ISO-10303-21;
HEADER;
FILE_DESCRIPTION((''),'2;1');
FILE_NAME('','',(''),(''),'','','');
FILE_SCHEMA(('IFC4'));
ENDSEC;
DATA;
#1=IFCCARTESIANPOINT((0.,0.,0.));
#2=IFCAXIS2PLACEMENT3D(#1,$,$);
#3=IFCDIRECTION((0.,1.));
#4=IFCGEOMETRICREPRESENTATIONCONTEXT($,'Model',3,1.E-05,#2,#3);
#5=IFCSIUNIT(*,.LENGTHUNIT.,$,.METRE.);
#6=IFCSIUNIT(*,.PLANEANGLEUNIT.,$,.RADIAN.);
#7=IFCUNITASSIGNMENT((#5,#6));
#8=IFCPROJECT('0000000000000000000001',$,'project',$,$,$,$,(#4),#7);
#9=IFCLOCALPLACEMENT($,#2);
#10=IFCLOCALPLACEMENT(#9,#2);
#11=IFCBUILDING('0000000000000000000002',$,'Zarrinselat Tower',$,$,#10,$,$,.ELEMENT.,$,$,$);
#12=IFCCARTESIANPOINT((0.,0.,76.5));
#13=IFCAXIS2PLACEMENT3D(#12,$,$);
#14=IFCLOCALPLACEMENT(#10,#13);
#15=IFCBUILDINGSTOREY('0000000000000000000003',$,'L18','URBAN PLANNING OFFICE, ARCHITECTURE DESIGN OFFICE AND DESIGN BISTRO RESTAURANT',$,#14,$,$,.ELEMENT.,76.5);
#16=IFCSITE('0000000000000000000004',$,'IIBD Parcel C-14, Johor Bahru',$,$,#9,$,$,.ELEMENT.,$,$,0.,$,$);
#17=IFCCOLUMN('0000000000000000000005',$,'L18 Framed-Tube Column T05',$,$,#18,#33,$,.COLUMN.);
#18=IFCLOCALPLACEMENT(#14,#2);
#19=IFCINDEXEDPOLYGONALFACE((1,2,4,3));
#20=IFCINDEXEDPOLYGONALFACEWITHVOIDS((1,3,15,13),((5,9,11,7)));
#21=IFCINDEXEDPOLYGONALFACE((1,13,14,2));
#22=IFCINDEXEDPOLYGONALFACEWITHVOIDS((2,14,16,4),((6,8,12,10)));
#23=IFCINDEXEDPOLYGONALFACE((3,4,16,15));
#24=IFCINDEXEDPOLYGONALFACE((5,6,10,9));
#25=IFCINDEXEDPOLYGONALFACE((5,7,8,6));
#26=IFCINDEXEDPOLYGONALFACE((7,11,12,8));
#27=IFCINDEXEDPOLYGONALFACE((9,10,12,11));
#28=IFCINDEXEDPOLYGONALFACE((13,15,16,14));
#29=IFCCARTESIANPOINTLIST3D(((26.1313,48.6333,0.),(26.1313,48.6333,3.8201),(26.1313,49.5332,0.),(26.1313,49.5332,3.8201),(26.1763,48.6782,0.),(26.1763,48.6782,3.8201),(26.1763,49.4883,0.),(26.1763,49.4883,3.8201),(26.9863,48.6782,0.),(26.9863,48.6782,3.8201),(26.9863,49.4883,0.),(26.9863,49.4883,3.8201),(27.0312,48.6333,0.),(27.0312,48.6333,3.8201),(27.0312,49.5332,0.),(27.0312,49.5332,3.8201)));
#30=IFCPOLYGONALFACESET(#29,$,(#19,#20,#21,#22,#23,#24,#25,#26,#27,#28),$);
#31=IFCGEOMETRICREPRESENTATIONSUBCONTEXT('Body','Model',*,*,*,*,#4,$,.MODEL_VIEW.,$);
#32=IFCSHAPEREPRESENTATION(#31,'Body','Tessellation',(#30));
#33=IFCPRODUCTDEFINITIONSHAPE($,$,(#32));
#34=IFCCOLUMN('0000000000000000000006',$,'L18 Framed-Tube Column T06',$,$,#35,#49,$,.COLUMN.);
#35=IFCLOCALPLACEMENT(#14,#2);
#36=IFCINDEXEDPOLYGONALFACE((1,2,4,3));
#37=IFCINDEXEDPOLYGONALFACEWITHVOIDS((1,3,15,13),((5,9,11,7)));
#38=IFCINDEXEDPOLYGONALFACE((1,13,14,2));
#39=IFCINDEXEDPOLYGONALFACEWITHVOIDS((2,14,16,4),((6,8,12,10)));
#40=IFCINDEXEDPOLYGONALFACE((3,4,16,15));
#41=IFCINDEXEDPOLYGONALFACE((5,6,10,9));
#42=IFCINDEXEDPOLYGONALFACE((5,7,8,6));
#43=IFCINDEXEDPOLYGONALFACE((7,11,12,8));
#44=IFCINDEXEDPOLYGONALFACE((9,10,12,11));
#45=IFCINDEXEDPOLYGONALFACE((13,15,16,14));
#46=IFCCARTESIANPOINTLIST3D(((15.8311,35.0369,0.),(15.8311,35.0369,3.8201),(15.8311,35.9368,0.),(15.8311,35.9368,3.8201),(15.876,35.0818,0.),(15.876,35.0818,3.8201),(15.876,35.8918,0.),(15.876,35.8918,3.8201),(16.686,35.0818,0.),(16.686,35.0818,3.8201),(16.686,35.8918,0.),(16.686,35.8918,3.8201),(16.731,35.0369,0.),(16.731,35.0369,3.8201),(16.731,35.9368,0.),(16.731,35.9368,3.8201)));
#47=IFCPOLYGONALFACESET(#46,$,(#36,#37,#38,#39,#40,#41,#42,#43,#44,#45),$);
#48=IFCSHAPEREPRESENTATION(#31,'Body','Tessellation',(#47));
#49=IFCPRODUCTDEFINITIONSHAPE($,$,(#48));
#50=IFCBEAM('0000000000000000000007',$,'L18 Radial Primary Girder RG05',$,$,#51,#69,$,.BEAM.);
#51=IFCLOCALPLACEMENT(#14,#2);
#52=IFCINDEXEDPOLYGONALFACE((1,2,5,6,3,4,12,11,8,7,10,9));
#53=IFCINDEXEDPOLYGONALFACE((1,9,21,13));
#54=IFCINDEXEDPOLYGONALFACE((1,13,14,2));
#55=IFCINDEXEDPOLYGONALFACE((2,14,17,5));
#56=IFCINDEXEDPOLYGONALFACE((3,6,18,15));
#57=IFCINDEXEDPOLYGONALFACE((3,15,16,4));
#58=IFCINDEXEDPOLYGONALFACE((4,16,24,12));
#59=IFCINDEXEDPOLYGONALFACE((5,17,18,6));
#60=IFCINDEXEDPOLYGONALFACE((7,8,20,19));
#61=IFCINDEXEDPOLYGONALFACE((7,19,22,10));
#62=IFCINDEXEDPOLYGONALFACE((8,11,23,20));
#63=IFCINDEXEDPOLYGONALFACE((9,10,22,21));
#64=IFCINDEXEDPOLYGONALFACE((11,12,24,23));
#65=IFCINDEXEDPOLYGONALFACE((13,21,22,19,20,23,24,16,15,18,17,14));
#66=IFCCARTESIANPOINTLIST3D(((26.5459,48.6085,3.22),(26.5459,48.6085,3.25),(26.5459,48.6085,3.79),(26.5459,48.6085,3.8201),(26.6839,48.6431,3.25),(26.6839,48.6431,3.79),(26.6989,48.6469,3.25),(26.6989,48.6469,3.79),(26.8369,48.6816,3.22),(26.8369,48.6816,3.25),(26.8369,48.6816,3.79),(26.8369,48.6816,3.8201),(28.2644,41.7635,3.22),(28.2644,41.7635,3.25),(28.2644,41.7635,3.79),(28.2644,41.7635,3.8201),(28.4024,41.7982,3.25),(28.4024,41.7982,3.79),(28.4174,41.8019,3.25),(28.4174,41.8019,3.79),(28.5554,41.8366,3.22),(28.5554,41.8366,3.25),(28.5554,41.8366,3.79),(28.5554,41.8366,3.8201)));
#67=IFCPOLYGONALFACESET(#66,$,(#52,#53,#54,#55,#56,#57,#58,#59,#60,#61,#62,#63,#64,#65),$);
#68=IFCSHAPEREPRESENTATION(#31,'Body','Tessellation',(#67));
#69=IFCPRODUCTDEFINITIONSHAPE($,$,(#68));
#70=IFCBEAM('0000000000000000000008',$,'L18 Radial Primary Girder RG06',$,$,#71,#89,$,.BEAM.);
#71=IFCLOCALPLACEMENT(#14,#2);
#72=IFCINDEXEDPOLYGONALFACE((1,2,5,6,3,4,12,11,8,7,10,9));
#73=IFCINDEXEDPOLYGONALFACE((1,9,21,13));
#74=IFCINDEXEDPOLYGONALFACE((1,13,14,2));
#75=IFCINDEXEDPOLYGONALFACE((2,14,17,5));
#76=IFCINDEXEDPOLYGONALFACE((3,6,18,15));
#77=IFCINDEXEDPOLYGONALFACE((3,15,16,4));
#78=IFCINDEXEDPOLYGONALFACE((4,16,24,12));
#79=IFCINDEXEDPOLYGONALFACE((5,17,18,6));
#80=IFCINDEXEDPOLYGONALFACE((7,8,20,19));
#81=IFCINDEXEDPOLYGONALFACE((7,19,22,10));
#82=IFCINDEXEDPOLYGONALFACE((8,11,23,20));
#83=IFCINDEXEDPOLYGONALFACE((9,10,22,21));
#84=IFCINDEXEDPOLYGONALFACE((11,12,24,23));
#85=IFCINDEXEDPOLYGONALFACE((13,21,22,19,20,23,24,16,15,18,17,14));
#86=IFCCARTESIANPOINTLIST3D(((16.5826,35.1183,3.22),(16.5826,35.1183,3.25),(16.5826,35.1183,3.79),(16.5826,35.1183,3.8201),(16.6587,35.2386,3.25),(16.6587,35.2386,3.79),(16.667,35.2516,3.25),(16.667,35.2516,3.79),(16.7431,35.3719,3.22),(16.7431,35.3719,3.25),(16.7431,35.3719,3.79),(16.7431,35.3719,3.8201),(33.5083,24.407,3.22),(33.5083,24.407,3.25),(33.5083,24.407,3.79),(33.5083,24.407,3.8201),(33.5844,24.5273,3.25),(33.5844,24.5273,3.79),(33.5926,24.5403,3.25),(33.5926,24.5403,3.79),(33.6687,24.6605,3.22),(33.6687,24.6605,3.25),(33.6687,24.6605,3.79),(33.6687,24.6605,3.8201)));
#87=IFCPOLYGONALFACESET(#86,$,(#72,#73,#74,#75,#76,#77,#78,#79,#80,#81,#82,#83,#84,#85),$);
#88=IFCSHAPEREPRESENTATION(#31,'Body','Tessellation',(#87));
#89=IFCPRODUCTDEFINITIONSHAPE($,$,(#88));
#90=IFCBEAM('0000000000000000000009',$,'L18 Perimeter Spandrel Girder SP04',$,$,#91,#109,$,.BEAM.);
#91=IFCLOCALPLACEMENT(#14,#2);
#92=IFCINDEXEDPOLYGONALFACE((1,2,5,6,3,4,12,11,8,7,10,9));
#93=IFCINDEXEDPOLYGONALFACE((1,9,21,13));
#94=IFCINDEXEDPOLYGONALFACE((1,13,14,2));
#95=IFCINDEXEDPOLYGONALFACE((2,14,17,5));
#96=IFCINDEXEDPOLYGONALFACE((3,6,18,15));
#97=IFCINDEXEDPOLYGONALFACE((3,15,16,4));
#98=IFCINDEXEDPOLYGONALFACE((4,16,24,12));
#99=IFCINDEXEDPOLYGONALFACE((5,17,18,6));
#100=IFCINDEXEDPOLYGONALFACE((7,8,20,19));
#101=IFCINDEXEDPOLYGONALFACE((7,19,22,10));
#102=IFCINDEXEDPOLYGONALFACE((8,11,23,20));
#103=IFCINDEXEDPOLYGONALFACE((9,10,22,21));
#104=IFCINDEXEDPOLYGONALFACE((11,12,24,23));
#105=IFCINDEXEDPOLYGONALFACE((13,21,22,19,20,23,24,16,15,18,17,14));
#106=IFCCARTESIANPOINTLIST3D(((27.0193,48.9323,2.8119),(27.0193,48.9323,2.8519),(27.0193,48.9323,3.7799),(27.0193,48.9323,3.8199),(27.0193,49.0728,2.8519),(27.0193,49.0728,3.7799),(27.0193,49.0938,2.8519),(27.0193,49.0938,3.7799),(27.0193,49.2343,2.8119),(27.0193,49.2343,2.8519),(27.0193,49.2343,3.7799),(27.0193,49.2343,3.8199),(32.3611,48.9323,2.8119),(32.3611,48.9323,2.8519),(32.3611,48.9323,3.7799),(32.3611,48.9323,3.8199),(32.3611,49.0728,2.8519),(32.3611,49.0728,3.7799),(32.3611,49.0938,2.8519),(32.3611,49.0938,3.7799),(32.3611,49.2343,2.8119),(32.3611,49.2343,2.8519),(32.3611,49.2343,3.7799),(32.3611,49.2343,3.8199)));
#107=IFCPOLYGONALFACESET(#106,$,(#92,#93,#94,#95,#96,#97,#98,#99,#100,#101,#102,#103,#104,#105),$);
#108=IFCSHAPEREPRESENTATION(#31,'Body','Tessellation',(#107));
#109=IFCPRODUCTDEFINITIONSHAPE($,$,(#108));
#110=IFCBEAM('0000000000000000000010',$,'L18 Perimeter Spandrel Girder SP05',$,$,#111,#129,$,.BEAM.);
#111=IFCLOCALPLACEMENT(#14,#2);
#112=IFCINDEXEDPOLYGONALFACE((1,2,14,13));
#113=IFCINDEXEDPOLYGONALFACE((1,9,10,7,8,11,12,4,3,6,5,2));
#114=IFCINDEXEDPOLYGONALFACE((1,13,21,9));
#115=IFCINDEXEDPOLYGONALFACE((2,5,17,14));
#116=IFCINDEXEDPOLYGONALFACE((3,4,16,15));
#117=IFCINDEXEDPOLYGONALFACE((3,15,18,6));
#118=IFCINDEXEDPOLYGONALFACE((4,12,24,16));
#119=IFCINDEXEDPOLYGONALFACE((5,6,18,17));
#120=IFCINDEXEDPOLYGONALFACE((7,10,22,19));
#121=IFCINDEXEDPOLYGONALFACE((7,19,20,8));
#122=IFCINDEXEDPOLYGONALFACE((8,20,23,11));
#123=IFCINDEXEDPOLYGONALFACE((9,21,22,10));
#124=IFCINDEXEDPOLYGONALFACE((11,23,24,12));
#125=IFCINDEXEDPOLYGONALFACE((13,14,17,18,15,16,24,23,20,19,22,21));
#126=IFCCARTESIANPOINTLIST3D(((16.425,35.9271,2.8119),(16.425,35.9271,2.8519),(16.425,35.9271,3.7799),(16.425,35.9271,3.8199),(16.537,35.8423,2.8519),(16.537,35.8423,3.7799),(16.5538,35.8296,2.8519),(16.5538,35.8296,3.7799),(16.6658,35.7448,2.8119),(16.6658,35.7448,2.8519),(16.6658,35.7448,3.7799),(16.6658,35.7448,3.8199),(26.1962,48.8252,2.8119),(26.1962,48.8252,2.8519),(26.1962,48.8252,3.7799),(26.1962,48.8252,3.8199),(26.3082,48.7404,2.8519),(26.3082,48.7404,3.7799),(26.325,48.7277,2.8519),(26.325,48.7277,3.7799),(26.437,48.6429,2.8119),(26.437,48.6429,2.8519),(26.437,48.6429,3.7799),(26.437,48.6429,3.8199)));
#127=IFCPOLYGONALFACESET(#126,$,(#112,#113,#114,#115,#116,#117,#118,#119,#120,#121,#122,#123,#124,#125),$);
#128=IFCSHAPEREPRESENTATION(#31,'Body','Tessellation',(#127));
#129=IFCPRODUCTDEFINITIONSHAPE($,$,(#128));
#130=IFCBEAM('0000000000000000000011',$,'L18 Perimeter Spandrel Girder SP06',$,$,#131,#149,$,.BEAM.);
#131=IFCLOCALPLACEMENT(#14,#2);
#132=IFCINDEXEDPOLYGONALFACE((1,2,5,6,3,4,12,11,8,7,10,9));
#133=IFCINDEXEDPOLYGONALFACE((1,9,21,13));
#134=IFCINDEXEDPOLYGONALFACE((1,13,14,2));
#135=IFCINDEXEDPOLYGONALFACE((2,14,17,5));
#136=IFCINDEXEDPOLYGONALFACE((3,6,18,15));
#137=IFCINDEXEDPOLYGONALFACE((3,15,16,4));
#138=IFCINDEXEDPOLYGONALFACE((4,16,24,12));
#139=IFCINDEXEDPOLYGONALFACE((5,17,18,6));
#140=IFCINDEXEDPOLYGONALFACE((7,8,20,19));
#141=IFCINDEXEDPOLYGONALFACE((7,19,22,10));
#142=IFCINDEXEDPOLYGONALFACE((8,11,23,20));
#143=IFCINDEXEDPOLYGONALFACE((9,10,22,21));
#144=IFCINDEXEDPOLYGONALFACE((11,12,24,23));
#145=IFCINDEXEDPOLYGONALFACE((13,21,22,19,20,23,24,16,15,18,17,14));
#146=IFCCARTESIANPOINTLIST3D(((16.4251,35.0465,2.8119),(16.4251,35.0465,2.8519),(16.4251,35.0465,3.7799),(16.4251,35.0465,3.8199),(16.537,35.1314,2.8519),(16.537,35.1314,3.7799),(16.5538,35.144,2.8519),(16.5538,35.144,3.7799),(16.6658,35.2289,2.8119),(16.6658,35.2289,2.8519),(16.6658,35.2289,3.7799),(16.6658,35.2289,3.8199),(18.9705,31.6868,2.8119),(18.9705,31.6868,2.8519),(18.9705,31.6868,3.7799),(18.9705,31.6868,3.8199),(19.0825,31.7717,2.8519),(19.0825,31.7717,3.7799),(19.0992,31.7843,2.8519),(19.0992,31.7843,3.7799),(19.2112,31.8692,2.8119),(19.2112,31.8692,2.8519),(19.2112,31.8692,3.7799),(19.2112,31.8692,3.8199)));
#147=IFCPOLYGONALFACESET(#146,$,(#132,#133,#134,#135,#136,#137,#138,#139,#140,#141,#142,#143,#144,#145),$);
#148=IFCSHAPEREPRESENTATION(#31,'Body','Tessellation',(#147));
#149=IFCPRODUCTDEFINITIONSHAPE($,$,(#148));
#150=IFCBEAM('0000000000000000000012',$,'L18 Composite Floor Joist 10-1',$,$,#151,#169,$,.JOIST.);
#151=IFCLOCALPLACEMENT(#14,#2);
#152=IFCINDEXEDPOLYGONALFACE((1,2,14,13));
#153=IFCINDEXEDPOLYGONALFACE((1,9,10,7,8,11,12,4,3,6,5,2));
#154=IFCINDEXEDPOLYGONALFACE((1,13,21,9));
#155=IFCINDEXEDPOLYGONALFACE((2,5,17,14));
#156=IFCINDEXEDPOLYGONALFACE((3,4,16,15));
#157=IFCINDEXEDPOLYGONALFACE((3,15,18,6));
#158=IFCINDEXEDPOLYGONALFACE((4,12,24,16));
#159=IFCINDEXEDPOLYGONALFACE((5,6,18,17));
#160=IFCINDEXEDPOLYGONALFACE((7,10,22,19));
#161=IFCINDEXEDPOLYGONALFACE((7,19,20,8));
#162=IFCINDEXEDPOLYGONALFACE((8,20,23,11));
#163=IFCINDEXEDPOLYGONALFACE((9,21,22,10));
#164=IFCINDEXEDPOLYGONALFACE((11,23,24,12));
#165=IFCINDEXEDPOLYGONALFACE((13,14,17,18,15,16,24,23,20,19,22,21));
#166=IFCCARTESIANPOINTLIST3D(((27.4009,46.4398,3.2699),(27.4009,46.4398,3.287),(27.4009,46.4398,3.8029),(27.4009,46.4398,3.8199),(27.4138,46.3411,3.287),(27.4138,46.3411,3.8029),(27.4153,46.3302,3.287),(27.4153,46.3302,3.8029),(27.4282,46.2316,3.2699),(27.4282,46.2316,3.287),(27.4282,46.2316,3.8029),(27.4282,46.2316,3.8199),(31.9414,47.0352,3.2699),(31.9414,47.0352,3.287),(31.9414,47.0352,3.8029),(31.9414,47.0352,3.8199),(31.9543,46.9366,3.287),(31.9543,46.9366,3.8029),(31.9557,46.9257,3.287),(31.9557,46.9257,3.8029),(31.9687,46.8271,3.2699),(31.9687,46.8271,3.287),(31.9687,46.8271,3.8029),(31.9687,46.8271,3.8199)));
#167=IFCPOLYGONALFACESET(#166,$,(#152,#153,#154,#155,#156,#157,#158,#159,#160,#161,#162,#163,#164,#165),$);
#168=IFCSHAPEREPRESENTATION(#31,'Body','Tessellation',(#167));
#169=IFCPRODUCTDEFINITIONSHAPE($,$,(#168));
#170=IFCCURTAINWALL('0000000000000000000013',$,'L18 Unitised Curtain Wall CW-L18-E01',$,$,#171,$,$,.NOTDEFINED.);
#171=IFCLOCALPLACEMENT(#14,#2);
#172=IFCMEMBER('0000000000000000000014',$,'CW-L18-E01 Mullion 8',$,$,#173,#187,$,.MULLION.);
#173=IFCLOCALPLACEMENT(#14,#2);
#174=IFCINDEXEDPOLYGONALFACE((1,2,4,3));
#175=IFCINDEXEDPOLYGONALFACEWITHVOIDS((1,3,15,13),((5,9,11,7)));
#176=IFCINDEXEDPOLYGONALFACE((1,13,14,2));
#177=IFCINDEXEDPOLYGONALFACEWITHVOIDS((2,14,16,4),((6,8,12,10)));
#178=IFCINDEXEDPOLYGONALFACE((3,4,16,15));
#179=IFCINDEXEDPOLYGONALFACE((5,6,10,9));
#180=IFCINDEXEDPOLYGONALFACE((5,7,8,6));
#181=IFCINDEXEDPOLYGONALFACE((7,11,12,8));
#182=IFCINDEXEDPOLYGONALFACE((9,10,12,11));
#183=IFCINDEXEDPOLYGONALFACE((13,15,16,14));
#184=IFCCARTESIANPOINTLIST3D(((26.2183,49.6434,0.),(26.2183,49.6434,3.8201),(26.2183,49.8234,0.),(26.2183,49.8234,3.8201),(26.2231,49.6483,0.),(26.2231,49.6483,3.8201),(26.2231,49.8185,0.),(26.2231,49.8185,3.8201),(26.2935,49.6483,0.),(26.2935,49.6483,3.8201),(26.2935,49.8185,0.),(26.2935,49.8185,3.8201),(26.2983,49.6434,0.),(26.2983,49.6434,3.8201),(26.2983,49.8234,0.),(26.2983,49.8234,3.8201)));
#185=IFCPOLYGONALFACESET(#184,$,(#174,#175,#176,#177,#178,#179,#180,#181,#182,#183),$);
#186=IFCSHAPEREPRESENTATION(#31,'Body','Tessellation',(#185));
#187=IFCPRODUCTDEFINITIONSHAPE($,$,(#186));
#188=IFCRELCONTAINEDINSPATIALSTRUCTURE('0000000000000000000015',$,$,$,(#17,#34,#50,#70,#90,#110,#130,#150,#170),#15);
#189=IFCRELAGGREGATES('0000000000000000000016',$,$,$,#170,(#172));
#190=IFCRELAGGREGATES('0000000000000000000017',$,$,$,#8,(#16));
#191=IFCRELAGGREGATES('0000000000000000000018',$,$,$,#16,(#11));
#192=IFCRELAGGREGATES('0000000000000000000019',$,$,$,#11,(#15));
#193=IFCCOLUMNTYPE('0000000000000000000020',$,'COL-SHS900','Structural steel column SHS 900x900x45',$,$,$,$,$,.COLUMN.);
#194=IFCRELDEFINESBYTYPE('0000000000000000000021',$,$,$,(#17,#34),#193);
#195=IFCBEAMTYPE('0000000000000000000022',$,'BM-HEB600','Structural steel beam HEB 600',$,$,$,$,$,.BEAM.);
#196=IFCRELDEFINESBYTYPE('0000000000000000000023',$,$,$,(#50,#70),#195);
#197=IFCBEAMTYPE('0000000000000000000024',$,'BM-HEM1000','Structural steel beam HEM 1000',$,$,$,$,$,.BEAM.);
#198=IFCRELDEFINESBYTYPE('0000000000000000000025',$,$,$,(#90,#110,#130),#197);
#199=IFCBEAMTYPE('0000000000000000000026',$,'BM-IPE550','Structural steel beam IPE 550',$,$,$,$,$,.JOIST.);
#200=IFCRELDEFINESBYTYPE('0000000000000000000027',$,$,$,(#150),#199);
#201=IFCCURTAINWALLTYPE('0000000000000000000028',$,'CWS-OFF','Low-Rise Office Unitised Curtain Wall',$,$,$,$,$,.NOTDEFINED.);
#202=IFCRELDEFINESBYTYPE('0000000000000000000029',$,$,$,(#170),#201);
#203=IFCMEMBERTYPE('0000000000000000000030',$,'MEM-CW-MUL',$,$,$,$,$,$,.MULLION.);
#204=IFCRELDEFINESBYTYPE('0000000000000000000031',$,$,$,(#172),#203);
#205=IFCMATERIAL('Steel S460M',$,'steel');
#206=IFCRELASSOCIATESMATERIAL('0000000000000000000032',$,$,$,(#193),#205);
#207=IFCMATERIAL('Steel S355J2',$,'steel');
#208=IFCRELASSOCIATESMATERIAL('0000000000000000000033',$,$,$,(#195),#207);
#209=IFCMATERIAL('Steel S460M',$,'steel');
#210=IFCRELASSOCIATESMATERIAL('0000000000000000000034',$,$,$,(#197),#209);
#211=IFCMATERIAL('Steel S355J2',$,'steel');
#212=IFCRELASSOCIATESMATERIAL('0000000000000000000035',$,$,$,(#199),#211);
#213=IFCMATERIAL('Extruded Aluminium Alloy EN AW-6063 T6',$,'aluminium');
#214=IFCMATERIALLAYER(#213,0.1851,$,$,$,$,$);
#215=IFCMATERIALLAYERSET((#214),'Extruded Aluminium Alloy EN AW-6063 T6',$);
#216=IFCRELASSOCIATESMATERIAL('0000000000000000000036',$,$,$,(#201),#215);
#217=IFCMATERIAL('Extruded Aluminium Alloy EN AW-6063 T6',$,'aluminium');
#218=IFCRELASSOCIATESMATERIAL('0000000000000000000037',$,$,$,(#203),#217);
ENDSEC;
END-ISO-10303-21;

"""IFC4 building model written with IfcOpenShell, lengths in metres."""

from ifc_helpers import new_model, si_unit, direction, frame, origin, origin_2d, place, context, subcontext, project, spatial, hollow_rectangle, i_section, extrude, material, layer, layer_set, material_profile, profile_set, type_object, element, aggregate, save


model = new_model("IFC4")

# Units and contexts
model_context = context("Model", 3, precision=1e-05, world=origin(), true_north=direction((0.0, 1.0)))
body_context = subcontext(model_context, "Body", "Model", "MODEL_VIEW")
ifc_project = project(units=[si_unit("LENGTHUNIT", "METRE"), si_unit("PLANEANGLEUNIT", "RADIAN")], contexts=[model_context])

# Site, building, storey
site_placement = place(None, origin())
site = spatial("IfcSite", under=ifc_project, at=site_placement, Name="IIBD Parcel C-14, Johor Bahru", CompositionType="ELEMENT", RefElevation=0.0)
building_placement = place(site_placement, origin())
building = spatial("IfcBuilding", under=site, at=building_placement, Name="Zarrinselat Tower", CompositionType="ELEMENT")
storey_placement = place(building_placement, frame((0.0, 0.0, 76.5)))
storey = spatial("IfcBuildingStorey", under=building, at=storey_placement, Name="L18", Description="URBAN PLANNING OFFICE, ARCHITECTURE DESIGN OFFICE AND DESIGN BISTRO RESTAURANT", CompositionType="ELEMENT", Elevation=76.5)

# Columns
ifc_material_1 = material(Name="Steel S460M", Category="steel")
ifc_material_profile_1 = material_profile(ifc_material_1, hollow_rectangle(XDim=0.8999, YDim=0.8999, WallThickness=0.0449, at=origin_2d()), Name="SHS 900x900x45")
ifc_profile_set_1 = profile_set([ifc_material_profile_1], Name="Steel S460M")
column_type = type_object("IfcColumnType", Name="COL-SHS900", Description="Structural steel column SHS 900x900x45", PredefinedType="COLUMN", material=ifc_profile_set_1)
for number, where, z_axis, x_axis, name in (
    (1, (26.5813, 49.0833, 0.0), (0.0, 0.0, 1.0), (1.0, 0.0, 0.0), "L18 Framed-Tube Column T05"),
    (2, (16.281, 35.4868, 0.0), (0.0, 0.0, 1.0), (1.0, 0.0, 0.0), "L18 Framed-Tube Column T06"),
):
    element("IfcColumn", number, at=place(storey_placement, frame(where, z_axis=z_axis, x_axis=x_axis)), inside=storey, type_object=column_type, Name=name, PredefinedType="COLUMN", context=body_context, shape_type="SweptSolid", body=[
        extrude(hollow_rectangle(XDim=0.8999, YDim=0.8999, WallThickness=0.0449, at=origin_2d()), origin(), (0.0, 0.0, 1.0), 3.8201),
    ])

# Beams
ifc_material_2 = material(Name="Steel S355J2", Category="steel")
ifc_material_profile_2 = material_profile(ifc_material_2, i_section(OverallWidth=0.3, OverallDepth=0.6001, WebThickness=0.0154, FlangeThickness=0.03, at=origin_2d()), Name="HEB 600")
ifc_profile_set_2 = profile_set([ifc_material_profile_2], Name="Steel S355J2")
beam_type_1 = type_object("IfcBeamType", Name="BM-HEB600", Description="Structural steel beam HEB 600", PredefinedType="BEAM", material=ifc_profile_set_2)
beam_1_placement = place(storey_placement, frame((26.6914, 48.645, 3.52), z_axis=(0.243504, -0.9699, 0.0), x_axis=(0.9699, 0.243504, 0.0)))
element("IfcBeam", 3, at=beam_1_placement, inside=storey, type_object=beam_type_1, Name="L18 Radial Primary Girder RG05", PredefinedType="BEAM", context=body_context, shape_type="SweptSolid", body=[
    extrude(i_section(OverallWidth=0.3, OverallDepth=0.6001, WebThickness=0.0154, FlangeThickness=0.03, at=origin_2d()), origin(), (0.0, 0.0, 1.0), 7.0574),
])
beam_2_placement = place(storey_placement, frame((16.6628, 35.2451, 3.52), z_axis=(0.845005, -0.534759, 0.0), x_axis=(0.534759, 0.845005, 0.0)))
element("IfcBeam", 4, at=beam_2_placement, inside=storey, type_object=beam_type_1, Name="L18 Radial Primary Girder RG06", PredefinedType="BEAM", context=body_context, shape_type="SweptSolid", body=[
    extrude(i_section(OverallWidth=0.3, OverallDepth=0.6001, WebThickness=0.0154, FlangeThickness=0.03, at=origin_2d()), origin(), (0.0, 0.0, 1.0), 20.0303),
])
ifc_material_3 = material(Name="Steel S460M", Category="steel")
ifc_material_profile_3 = material_profile(ifc_material_3, i_section(OverallWidth=0.302, OverallDepth=1.0081, WebThickness=0.021, FlangeThickness=0.04, at=origin_2d()), Name="HEM 1000")
ifc_profile_set_3 = profile_set([ifc_material_profile_3], Name="Steel S460M")
beam_type_2 = type_object("IfcBeamType", Name="BM-HEM1000", Description="Structural steel beam HEM 1000", PredefinedType="BEAM", material=ifc_profile_set_3)
beam_3_placement = place(storey_placement, frame((27.0193, 49.0833, 3.3159), z_axis=(1.0, 0.0, 0.0), x_axis=(0.0, 1.0, 0.0)))
element("IfcBeam", 5, at=beam_3_placement, inside=storey, type_object=beam_type_2, Name="L18 Perimeter Spandrel Girder SP04", PredefinedType="BEAM", context=body_context, shape_type="SweptSolid", body=[
    extrude(i_section(OverallWidth=0.302, OverallDepth=1.0081, WebThickness=0.021, FlangeThickness=0.04, at=origin_2d()), origin(), (0.0, 0.0, 1.0), 5.3418),
])
beam_4_placement = place(storey_placement, frame((16.5454, 35.8359, 3.3159), z_axis=(0.603853, 0.797096, 0.0), x_axis=(-0.797096, 0.603853, 0.0)))
element("IfcBeam", 6, at=beam_4_placement, inside=storey, type_object=beam_type_2, Name="L18 Perimeter Spandrel Girder SP05", PredefinedType="BEAM", context=body_context, shape_type="SweptSolid", body=[
    extrude(i_section(OverallWidth=0.302, OverallDepth=1.0081, WebThickness=0.021, FlangeThickness=0.04, at=origin_2d()), origin(), (0.0, 0.0, 1.0), 16.1814),
])
beam_5_placement = place(storey_placement, frame((16.5454, 35.1377, 3.3159), z_axis=(0.603894, -0.797064, 0.0), x_axis=(0.797064, 0.603894, 0.0)))
element("IfcBeam", 7, at=beam_5_placement, inside=storey, type_object=beam_type_2, Name="L18 Perimeter Spandrel Girder SP06", PredefinedType="BEAM", context=body_context, shape_type="SweptSolid", body=[
    extrude(i_section(OverallWidth=0.302, OverallDepth=1.0081, WebThickness=0.021, FlangeThickness=0.04, at=origin_2d()), origin(), (0.0, 0.0, 1.0), 4.2151),
])
ifc_material_4 = material(Name="Steel S355J2", Category="steel")
ifc_material_profile_4 = material_profile(ifc_material_4, i_section(OverallWidth=0.21, OverallDepth=0.55, WebThickness=0.011, FlangeThickness=0.0171, at=origin_2d()), Name="IPE 550")
ifc_profile_set_4 = profile_set([ifc_material_profile_4], Name="Steel S355J2")
beam_type_3 = type_object("IfcBeamType", Name="BM-IPE550", Description="Structural steel beam IPE 550", PredefinedType="JOIST", material=ifc_profile_set_4)
beam_6_placement = place(storey_placement, frame((27.4146, 46.3357, 3.5449), z_axis=(0.99151, 0.13003, 0.0), x_axis=(-0.13003, 0.99151, 0.0)))
element("IfcBeam", 8, at=beam_6_placement, inside=storey, type_object=beam_type_3, Name="L18 Composite Floor Joist 10-1", PredefinedType="JOIST", context=body_context, shape_type="SweptSolid", body=[
    extrude(i_section(OverallWidth=0.21, OverallDepth=0.55, WebThickness=0.011, FlangeThickness=0.0171, at=origin_2d()), origin(), (0.0, 0.0, 1.0), 4.5793),
])

# Curtain wall, member
ifc_material_5 = material(Name="Extruded Aluminium Alloy EN AW-6063 T6", Category="aluminium")
ifc_layer_1 = layer(ifc_material_5, 0.1851)
ifc_layer_set_1 = layer_set([ifc_layer_1], Name="Extruded Aluminium Alloy EN AW-6063 T6")
curtain_wall_type = type_object("IfcCurtainWallType", Name="CWS-OFF", Description="Low-Rise Office Unitised Curtain Wall", PredefinedType="NOTDEFINED", material=ifc_layer_set_1)
curtain_wall_1_placement = place(storey_placement, origin())
curtain_wall_1 = element("IfcCurtainWall", 9, at=curtain_wall_1_placement, inside=storey, type_object=curtain_wall_type, Name="L18 Unitised Curtain Wall CW-L18-E01", PredefinedType="NOTDEFINED")
ifc_material_6 = material(Name="Extruded Aluminium Alloy EN AW-6063 T6", Category="aluminium")
ifc_material_profile_5 = material_profile(ifc_material_6, hollow_rectangle(XDim=0.0801, YDim=0.1799, WallThickness=0.0049, at=origin_2d()), Name="RHS 180x80x5")
ifc_profile_set_5 = profile_set([ifc_material_profile_5], Name="Extruded Aluminium Alloy EN AW-6063 T6")
member_type_1 = type_object("IfcMemberType", Name="MEM-CW-MUL", PredefinedType="MULLION", material=ifc_profile_set_5)
member_1_placement = place(storey_placement, frame((26.2583, 49.7334, 0.0), z_axis=(0.0, 0.0, 1.0), x_axis=(-1.0, 0.0, 0.0)))
member_1 = element("IfcMember", 10, at=member_1_placement, type_object=member_type_1, Name="CW-L18-E01 Mullion 8", PredefinedType="MULLION", context=body_context, shape_type="SweptSolid", body=[
    extrude(hollow_rectangle(XDim=0.0801, YDim=0.1799, WallThickness=0.0049, at=origin_2d()), origin(), (0.0, 0.0, 1.0), 3.8201),
])
aggregate(curtain_wall_1, [member_1])

save(model, "model.ifc")
